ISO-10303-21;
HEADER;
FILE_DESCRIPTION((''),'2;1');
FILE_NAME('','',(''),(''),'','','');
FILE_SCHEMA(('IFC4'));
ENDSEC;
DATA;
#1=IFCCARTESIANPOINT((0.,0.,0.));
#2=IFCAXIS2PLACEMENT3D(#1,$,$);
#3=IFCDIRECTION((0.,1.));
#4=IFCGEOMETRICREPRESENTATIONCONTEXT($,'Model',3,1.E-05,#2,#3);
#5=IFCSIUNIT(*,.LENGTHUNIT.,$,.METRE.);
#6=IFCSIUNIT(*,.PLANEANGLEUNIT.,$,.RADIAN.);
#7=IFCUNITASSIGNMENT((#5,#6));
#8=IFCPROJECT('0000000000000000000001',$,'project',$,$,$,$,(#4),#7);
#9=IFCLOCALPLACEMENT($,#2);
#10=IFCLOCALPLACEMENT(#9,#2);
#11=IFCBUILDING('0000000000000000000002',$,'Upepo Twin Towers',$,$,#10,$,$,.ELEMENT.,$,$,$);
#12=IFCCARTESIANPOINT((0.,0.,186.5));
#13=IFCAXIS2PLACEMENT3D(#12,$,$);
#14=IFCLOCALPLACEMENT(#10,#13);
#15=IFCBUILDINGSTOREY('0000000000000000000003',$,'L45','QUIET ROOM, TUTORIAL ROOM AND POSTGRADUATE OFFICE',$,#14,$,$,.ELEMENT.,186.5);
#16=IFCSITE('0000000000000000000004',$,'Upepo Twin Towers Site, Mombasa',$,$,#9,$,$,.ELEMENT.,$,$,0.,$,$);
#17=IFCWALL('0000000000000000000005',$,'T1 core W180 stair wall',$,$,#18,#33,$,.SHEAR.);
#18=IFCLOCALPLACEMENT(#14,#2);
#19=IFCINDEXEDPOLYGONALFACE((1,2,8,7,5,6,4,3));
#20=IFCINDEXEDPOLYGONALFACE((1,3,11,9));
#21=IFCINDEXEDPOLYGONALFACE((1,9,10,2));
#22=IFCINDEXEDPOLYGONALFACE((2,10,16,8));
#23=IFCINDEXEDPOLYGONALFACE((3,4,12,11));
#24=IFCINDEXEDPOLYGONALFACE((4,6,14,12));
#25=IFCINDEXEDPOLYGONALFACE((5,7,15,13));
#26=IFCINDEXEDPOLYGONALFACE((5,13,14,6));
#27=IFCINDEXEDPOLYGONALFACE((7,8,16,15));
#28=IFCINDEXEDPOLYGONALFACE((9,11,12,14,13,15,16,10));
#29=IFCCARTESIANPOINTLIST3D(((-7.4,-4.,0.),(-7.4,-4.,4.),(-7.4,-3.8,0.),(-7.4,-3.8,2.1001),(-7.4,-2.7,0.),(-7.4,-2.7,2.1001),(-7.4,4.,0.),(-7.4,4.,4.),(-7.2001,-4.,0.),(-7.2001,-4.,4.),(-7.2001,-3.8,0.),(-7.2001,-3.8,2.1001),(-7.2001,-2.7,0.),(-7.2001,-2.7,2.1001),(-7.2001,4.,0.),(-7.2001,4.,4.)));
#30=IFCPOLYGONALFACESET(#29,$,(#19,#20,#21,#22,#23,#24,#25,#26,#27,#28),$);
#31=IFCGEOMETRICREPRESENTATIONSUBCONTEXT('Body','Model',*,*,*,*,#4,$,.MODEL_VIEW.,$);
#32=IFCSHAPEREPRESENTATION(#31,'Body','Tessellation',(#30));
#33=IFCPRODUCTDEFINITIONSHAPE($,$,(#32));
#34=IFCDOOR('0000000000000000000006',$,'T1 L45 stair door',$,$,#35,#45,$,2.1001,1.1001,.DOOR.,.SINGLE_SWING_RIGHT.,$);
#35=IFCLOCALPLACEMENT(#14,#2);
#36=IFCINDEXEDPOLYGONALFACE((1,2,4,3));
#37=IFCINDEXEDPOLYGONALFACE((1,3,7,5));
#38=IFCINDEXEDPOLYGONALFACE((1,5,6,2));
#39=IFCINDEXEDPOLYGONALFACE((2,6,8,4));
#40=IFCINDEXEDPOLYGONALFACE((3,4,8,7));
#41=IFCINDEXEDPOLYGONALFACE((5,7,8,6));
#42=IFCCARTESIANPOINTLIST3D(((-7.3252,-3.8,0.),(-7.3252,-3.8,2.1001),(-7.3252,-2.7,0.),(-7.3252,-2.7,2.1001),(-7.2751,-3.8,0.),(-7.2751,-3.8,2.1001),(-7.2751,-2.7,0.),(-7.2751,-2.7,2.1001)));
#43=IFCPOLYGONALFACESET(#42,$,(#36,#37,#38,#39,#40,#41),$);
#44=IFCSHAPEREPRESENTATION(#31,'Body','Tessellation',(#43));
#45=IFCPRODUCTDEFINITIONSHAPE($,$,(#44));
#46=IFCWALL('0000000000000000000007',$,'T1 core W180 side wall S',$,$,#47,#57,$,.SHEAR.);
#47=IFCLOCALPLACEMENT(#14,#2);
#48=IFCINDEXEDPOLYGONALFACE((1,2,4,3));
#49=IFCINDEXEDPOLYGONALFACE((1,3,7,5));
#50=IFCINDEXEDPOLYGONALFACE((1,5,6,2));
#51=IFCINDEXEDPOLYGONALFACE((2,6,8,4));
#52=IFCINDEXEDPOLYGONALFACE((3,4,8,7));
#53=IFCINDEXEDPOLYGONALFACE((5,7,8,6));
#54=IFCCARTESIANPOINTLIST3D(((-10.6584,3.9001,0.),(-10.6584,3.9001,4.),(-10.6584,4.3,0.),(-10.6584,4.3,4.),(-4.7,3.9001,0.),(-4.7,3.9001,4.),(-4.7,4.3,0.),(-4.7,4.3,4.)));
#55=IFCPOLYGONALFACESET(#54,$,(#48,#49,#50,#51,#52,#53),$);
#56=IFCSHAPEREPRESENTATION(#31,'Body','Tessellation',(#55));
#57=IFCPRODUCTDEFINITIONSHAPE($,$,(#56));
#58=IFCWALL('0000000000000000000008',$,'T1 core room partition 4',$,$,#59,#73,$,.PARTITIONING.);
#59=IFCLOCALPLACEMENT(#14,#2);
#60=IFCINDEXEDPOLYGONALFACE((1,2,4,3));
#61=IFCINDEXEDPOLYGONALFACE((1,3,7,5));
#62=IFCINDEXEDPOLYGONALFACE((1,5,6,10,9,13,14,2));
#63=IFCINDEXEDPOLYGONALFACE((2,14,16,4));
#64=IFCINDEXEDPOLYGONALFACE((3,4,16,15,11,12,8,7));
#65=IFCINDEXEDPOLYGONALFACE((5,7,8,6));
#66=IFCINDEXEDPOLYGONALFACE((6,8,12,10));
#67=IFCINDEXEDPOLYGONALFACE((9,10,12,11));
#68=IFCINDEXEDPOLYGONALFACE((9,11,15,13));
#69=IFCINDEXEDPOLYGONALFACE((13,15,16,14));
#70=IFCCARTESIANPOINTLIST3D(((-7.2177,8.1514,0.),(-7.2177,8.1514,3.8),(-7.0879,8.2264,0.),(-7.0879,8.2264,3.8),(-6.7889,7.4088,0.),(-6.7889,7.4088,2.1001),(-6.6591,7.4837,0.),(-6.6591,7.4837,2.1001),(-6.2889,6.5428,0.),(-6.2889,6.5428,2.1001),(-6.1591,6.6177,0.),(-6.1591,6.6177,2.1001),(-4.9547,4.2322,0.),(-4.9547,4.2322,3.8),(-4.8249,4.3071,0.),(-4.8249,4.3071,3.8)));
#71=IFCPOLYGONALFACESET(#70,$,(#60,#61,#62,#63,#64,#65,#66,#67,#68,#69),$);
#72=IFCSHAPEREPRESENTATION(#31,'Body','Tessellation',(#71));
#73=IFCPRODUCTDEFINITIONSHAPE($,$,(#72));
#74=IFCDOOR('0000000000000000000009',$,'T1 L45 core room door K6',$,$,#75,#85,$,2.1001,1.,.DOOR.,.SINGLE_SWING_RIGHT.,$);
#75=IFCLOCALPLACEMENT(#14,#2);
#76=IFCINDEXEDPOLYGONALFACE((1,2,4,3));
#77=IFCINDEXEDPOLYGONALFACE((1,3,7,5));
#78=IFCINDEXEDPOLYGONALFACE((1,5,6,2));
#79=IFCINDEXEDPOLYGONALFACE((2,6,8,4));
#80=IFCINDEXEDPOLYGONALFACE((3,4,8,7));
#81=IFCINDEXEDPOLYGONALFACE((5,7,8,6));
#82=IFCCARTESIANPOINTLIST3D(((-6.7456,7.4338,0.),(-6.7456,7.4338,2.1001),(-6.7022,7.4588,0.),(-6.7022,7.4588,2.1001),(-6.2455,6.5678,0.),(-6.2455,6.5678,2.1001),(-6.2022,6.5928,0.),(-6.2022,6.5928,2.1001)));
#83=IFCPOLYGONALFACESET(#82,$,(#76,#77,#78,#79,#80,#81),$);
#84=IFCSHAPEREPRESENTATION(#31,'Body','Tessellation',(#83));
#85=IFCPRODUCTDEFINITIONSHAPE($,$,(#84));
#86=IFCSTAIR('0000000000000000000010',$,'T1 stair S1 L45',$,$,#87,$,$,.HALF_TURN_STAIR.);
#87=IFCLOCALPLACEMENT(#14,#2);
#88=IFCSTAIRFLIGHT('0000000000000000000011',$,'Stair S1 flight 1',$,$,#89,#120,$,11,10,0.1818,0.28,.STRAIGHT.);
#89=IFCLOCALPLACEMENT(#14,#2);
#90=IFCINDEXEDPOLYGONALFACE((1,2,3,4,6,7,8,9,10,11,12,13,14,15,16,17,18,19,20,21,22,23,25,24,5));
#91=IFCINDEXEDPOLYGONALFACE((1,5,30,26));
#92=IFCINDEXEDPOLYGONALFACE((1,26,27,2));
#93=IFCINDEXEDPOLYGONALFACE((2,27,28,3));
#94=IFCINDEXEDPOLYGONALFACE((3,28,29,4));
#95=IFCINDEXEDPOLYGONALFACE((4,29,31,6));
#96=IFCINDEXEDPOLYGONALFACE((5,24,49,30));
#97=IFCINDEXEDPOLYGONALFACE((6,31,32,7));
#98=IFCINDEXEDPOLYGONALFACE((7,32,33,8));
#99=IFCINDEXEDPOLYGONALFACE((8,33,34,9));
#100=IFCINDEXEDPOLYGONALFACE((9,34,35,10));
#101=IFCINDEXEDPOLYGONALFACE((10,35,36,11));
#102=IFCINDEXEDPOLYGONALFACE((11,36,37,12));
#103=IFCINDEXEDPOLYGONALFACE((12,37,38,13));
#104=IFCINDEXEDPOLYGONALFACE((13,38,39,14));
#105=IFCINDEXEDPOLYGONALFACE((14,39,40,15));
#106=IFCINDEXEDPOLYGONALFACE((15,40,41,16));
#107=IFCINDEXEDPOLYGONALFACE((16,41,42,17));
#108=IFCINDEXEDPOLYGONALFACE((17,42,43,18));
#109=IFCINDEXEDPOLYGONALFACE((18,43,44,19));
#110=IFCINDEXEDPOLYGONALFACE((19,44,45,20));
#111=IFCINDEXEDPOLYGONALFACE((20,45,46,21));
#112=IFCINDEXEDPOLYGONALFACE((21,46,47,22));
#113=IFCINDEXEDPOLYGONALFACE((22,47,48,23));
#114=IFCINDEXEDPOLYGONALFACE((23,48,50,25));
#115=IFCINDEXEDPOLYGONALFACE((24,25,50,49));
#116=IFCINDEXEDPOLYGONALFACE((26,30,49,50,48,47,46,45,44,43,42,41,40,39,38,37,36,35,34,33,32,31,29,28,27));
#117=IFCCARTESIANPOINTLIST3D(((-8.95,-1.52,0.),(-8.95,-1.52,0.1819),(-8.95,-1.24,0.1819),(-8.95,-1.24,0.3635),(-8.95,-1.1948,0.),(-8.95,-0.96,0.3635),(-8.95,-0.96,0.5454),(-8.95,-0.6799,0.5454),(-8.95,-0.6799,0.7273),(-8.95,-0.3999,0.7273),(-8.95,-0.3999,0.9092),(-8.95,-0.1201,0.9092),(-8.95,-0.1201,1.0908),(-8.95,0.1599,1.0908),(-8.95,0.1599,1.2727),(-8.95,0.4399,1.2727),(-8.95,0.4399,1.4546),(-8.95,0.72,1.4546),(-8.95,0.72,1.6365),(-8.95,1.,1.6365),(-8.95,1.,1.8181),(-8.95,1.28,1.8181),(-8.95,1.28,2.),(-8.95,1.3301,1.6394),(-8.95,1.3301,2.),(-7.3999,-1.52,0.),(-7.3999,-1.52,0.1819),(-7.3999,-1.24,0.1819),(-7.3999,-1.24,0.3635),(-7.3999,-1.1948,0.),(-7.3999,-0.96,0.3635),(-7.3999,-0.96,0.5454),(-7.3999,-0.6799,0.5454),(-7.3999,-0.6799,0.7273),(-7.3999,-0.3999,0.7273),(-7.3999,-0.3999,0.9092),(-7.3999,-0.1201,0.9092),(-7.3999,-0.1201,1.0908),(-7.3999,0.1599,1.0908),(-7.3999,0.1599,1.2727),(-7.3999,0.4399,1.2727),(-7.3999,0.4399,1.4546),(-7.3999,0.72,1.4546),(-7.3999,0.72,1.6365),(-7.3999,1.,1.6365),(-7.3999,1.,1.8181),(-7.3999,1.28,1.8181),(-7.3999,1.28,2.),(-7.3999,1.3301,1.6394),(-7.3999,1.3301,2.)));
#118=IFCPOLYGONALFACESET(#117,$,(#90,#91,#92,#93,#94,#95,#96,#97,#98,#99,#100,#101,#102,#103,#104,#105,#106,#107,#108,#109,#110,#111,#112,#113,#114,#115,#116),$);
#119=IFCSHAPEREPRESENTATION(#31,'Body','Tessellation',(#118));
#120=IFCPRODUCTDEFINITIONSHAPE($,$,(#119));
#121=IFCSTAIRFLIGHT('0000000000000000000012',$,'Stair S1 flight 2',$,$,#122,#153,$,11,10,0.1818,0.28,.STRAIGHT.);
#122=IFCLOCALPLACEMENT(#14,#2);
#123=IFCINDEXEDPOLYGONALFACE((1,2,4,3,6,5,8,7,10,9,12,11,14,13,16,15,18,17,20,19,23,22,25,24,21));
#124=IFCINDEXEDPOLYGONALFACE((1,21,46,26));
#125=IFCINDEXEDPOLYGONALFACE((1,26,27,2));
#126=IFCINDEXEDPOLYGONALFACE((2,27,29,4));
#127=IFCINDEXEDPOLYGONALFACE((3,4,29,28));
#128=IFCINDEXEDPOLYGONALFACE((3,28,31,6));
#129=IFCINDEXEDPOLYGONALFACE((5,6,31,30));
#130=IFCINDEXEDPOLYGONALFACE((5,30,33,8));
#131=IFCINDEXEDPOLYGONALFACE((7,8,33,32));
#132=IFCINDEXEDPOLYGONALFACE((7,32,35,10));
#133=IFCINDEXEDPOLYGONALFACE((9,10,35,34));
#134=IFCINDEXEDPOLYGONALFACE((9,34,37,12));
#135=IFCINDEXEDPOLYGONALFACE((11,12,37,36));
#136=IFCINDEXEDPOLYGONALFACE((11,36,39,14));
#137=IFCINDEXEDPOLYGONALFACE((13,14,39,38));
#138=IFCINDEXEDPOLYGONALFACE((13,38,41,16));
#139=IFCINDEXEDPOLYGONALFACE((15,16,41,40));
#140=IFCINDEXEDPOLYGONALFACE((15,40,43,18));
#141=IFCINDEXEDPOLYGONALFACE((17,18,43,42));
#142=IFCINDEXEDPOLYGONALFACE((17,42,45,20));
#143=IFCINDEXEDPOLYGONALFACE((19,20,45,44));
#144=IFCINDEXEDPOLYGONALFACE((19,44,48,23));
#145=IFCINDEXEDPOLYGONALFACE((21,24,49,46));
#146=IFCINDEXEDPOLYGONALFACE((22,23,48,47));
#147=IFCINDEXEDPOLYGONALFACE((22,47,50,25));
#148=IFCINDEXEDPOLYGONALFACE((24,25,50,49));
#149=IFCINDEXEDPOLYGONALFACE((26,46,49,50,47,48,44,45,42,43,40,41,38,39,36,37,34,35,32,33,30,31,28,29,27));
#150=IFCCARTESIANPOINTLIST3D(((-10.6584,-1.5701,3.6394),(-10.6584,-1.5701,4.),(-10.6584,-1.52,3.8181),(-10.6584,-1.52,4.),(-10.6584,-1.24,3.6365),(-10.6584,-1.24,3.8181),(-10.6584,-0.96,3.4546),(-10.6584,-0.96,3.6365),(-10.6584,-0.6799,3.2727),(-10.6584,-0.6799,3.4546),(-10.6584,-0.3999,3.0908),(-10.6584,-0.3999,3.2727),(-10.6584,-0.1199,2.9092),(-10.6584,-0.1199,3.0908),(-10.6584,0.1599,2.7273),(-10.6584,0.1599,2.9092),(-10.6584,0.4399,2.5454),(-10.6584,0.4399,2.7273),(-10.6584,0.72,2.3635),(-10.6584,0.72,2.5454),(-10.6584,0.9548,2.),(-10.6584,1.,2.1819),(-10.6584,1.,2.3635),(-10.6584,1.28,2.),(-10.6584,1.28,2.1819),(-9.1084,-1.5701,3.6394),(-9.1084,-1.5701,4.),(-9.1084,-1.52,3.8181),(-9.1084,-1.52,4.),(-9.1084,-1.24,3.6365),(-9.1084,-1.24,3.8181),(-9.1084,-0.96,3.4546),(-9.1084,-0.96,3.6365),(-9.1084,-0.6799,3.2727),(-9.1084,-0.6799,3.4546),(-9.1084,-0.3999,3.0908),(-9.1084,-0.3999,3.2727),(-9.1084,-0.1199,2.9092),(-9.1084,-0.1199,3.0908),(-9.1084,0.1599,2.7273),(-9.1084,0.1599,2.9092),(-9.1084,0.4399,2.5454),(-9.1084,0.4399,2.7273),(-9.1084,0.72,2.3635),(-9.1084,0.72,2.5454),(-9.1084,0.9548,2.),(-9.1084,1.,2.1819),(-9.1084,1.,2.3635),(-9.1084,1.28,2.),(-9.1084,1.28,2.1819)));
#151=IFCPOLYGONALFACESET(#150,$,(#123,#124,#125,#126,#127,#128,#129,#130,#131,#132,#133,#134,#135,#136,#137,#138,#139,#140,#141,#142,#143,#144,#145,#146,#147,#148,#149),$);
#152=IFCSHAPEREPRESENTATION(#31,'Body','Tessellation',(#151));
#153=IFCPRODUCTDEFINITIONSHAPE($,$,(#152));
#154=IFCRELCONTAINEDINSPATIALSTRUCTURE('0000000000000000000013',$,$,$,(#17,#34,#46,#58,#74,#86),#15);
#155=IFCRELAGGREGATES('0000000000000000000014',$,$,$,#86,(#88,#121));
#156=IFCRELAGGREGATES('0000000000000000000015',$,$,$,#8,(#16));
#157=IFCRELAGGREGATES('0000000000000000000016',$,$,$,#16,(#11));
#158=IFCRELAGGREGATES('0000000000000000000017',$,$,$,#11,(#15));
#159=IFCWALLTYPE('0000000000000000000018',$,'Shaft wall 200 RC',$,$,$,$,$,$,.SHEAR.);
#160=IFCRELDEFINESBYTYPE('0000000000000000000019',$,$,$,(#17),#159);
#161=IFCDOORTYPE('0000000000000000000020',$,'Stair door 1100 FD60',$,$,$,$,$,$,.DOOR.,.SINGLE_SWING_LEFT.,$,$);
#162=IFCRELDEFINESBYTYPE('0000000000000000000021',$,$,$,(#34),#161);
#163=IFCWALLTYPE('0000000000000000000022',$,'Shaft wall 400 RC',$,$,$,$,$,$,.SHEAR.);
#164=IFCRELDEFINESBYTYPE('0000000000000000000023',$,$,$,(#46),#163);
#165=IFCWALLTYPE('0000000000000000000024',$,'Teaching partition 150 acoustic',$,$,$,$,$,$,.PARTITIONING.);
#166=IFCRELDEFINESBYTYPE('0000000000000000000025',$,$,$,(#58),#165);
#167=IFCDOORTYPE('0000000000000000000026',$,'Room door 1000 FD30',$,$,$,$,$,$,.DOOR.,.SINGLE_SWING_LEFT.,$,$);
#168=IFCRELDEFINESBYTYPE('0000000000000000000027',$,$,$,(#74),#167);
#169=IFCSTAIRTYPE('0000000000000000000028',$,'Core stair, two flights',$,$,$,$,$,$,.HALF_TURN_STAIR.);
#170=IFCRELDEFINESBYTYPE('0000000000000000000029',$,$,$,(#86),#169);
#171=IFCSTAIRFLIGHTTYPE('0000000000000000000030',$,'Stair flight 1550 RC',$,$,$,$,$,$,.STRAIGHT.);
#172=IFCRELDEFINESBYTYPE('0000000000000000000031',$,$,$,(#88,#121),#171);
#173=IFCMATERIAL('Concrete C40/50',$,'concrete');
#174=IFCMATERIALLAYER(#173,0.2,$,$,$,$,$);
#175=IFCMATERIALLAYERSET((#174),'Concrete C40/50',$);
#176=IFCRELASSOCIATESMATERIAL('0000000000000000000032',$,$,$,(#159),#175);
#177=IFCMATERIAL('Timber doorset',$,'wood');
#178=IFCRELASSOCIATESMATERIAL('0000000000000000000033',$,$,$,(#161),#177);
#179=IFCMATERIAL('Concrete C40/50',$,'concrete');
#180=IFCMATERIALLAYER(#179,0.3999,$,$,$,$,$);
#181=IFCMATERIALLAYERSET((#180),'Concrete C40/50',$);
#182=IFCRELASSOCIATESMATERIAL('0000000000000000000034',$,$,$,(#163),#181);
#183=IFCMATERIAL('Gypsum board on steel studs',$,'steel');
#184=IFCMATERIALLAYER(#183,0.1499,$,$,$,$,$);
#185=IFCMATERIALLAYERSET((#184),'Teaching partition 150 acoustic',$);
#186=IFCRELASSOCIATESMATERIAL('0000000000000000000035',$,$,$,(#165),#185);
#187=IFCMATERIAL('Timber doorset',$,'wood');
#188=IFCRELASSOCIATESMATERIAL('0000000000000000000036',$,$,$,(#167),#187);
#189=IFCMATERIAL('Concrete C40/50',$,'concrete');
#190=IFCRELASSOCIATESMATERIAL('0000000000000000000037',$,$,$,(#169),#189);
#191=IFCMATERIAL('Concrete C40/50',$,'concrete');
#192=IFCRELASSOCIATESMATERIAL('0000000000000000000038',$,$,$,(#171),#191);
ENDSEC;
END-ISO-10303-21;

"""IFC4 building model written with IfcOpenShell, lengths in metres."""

from ifc_helpers import new_model, si_unit, direction, frame, frame_2d, origin, place, context, subcontext, project, spatial, polyline, rectangle, outline, extrude, material, layer, layer_set, type_object, element, fill, aggregate, save


model = new_model("IFC4")

# Units and contexts
model_context = context("Model", 3, precision=1e-05, world=origin(), true_north=direction((0.0, 1.0)))
body_context = subcontext(model_context, "Body", "Model", "MODEL_VIEW")
ifc_project = project(units=[si_unit("LENGTHUNIT", "METRE"), si_unit("PLANEANGLEUNIT", "RADIAN")], contexts=[model_context])

# Site, building, storey
site_placement = place(None, origin())
site = spatial("IfcSite", under=ifc_project, at=site_placement, Name="Upepo Twin Towers Site, Mombasa", CompositionType="ELEMENT", RefElevation=0.0)
building_placement = place(site_placement, origin())
building = spatial("IfcBuilding", under=site, at=building_placement, Name="Upepo Twin Towers", CompositionType="ELEMENT")
storey_placement = place(building_placement, frame((0.0, 0.0, 186.5)))
storey = spatial("IfcBuildingStorey", under=building, at=storey_placement, Name="L45", Description="QUIET ROOM, TUTORIAL ROOM AND POSTGRADUATE OFFICE", CompositionType="ELEMENT", Elevation=186.5)

# Shared definitions
ifc_material_1 = material(Name="Concrete C40/50", Category="concrete")
ifc_layer_1 = layer(ifc_material_1, 0.2)
ifc_layer_set_1 = layer_set([ifc_layer_1], Name="Concrete C40/50")
wall_type_1 = type_object("IfcWallType", Name="Shaft wall 200 RC", PredefinedType="SHEAR", material=ifc_layer_set_1)

# Wall, opening, door
wall_1_placement = place(storey_placement, frame((-7.3, 4.0, 0.0), z_axis=(0.0, 0.0, 1.0), x_axis=(0.0, -1.0, 0.0)))
wall_1 = element("IfcWall", 1, at=wall_1_placement, inside=storey, type_object=wall_type_1, Name="T1 core W180 stair wall", PredefinedType="SHEAR", context=body_context, shape_type="SweptSolid", body=[
    extrude(rectangle(XDim=8.0, YDim=0.2, at=frame_2d((4.0, 0.0))), origin(), (0.0, 0.0, 1.0), 4.0),
])
opening_1_placement = place(wall_1_placement, frame((6.7, 0.0, 0.0)))
opening_1 = element("IfcOpeningElement", 2, at=opening_1_placement, cuts=wall_1, PredefinedType="OPENING", context=body_context, shape_type="SweptSolid", body=[
    extrude(rectangle(XDim=1.1001, YDim=2.1001, at=frame_2d((0.55, 1.05))), frame((0.0, 0.1099, 0.0), z_axis=(0.0, -1.0, 0.0), x_axis=(1.0, 0.0, 0.0)), (0.0, 0.0, 1.0), 0.22),
])
ifc_material_2 = material(Name="Timber doorset", Category="wood")
door_type_1 = type_object("IfcDoorType", Name="Stair door 1100 FD60", OperationType="SINGLE_SWING_LEFT", PredefinedType="DOOR", material=ifc_material_2)
door_1_placement = place(opening_1_placement, origin())
door_1 = element("IfcDoor", 3, at=door_1_placement, inside=storey, type_object=door_type_1, Name="T1 L45 stair door", OperationType="SINGLE_SWING_RIGHT", OverallHeight=2.1001, OverallWidth=1.1001, PredefinedType="DOOR", context=body_context, shape_type="SweptSolid", body=[
    extrude(rectangle(XDim=1.1001, YDim=2.1001, at=frame_2d((0.55, 1.05))), frame((0.0, 0.0249, 0.0), z_axis=(0.0, -1.0, 0.0), x_axis=(1.0, 0.0, 0.0)), (0.0, 0.0, 1.0), 0.05),
])
fill(opening_1, door_1)

# Wall
ifc_material_3 = material(Name="Concrete C40/50", Category="concrete")
ifc_layer_2 = layer(ifc_material_3, 0.3999)
ifc_layer_set_2 = layer_set([ifc_layer_2], Name="Concrete C40/50")
wall_type_2 = type_object("IfcWallType", Name="Shaft wall 400 RC", PredefinedType="SHEAR", material=ifc_layer_set_2)
wall_2_placement = place(storey_placement, frame((-4.7, 4.1001, 0.0), z_axis=(0.0, 0.0, 1.0), x_axis=(-1.0, 0.0, 0.0)))
element("IfcWall", 4, at=wall_2_placement, inside=storey, type_object=wall_type_2, Name="T1 core W180 side wall S", PredefinedType="SHEAR", context=body_context, shape_type="SweptSolid", body=[
    extrude(rectangle(XDim=5.9585, YDim=0.3999, at=frame_2d((2.9792, 0.0))), origin(), (0.0, 0.0, 1.0), 4.0),
])

# Wall, opening, door
ifc_material_4 = material(Name="Gypsum board on steel studs", Category="steel")
ifc_layer_3 = layer(ifc_material_4, 0.1499)
ifc_layer_set_3 = layer_set([ifc_layer_3], Name="Teaching partition 150 acoustic")
wall_type_3 = type_object("IfcWallType", Name="Teaching partition 150 acoustic", PredefinedType="PARTITIONING", material=ifc_layer_set_3)
wall_3_placement = place(storey_placement, frame((-4.8899, 4.2698, 0.0), z_axis=(0.0, 0.0, 1.0), x_axis=(-0.500032, 0.866007, 0.0)))
wall_3 = element("IfcWall", 5, at=wall_3_placement, inside=storey, type_object=wall_type_3, Name="T1 core room partition 4", PredefinedType="PARTITIONING", context=body_context, shape_type="SweptSolid", body=[
    extrude(rectangle(XDim=4.5256, YDim=0.1499, at=frame_2d((2.2627, 0.0))), origin(), (0.0, 0.0, 1.0), 3.8),
])
opening_2_placement = place(wall_3_placement, frame((2.668, 0.0, 0.0)))
opening_2 = element("IfcOpeningElement", 6, at=opening_2_placement, cuts=wall_3, PredefinedType="OPENING", context=body_context, shape_type="SweptSolid", body=[
    extrude(rectangle(XDim=1.0, YDim=2.1001, at=frame_2d((0.5, 1.05))), frame((0.0, 0.085, 0.0), z_axis=(0.0, -1.0, 0.0), x_axis=(1.0, 0.0, 0.0)), (0.0, 0.0, 1.0), 0.1699),
])
ifc_material_5 = material(Name="Timber doorset", Category="wood")
door_type_2 = type_object("IfcDoorType", Name="Room door 1000 FD30", OperationType="SINGLE_SWING_LEFT", PredefinedType="DOOR", material=ifc_material_5)
door_2_placement = place(opening_2_placement, origin())
door_2 = element("IfcDoor", 7, at=door_2_placement, inside=storey, type_object=door_type_2, Name="T1 L45 core room door K6", OperationType="SINGLE_SWING_RIGHT", OverallHeight=2.1001, OverallWidth=1.0, PredefinedType="DOOR", context=body_context, shape_type="SweptSolid", body=[
    extrude(rectangle(XDim=1.0, YDim=2.1001, at=frame_2d((0.5, 1.05))), frame((0.0, 0.0249, 0.0), z_axis=(0.0, -1.0, 0.0), x_axis=(1.0, 0.0, 0.0)), (0.0, 0.0, 1.0), 0.05),
])
fill(opening_2, door_2)

# Stair, stair flights
ifc_material_6 = material(Name="Concrete C40/50", Category="concrete")
stair_type = type_object("IfcStairType", Name="Core stair, two flights", PredefinedType="HALF_TURN_STAIR", material=ifc_material_6)
stair_placement = place(storey_placement, origin())
stair = element("IfcStair", 8, at=stair_placement, inside=storey, type_object=stair_type, Name="T1 stair S1 L45", PredefinedType="HALF_TURN_STAIR")
ifc_material_7 = material(Name="Concrete C40/50", Category="concrete")
stair_flight_type = type_object("IfcStairFlightType", Name="Stair flight 1550 RC", PredefinedType="STRAIGHT", material=ifc_material_7)
stair_flight_1_placement = place(storey_placement, frame((-8.175, -1.52, 0.0), z_axis=(0.0, 0.0, 1.0), x_axis=(0.0, 1.0, 0.0)))
stair_flight_1 = element("IfcStairFlight", 9, at=stair_flight_1_placement, type_object=stair_flight_type, Name="Stair S1 flight 1", NumberOfRisers=11, NumberOfTreads=10, PredefinedType="STRAIGHT", RiserHeight=0.1818, TreadLength=0.28, context=body_context, shape_type="SweptSolid", body=[
    extrude(outline(polyline([(0.0, 0.0), (0.0, 0.1819), (0.28, 0.1819), (0.28, 0.3635), (0.5601, 0.3635), (0.5601, 0.5454), (0.8401, 0.5454), (0.8401, 0.7273), (1.1201, 0.7273), (1.1201, 0.9092), (1.3999, 0.9092), (1.3999, 1.0908), (1.6799, 1.0908), (1.6799, 1.2727), (1.96, 1.2727), (1.96, 1.4546), (2.24, 1.4546), (2.24, 1.6365), (2.52, 1.6365), (2.52, 1.8181), (2.8, 1.8181), (2.8, 2.0), (2.8501, 2.0), (2.8501, 1.6394), (0.3252, 0.0), (0.0, 0.0)])), frame((0.0, 0.7749, 0.0), z_axis=(0.0, -1.0, 0.0), x_axis=(1.0, 0.0, 0.0)), (0.0, 0.0, 1.0), 1.55),
])
stair_flight_2_placement = place(storey_placement, frame((-9.8833, 1.28, 2.0), z_axis=(0.0, 0.0, 1.0), x_axis=(0.0, -1.0, 0.0)))
stair_flight_2 = element("IfcStairFlight", 10, at=stair_flight_2_placement, type_object=stair_flight_type, Name="Stair S1 flight 2", NumberOfRisers=11, NumberOfTreads=10, PredefinedType="STRAIGHT", RiserHeight=0.1818, TreadLength=0.28, context=body_context, shape_type="SweptSolid", body=[
    extrude(outline(polyline([(0.0, 0.0), (0.0, 0.1819), (0.28, 0.1819), (0.28, 0.3635), (0.5601, 0.3635), (0.5601, 0.5454), (0.8401, 0.5454), (0.8401, 0.7273), (1.1201, 0.7273), (1.1201, 0.9092), (1.3999, 0.9092), (1.3999, 1.0908), (1.6799, 1.0908), (1.6799, 1.2727), (1.96, 1.2727), (1.96, 1.4546), (2.24, 1.4546), (2.24, 1.6365), (2.52, 1.6365), (2.52, 1.8181), (2.8, 1.8181), (2.8, 2.0), (2.8501, 2.0), (2.8501, 1.6394), (0.3252, 0.0), (0.0, 0.0)])), frame((0.0, 0.7749, 0.0), z_axis=(0.0, -1.0, 0.0), x_axis=(1.0, 0.0, 0.0)), (0.0, 0.0, 1.0), 1.55),
])
aggregate(stair, [stair_flight_1, stair_flight_2])

save(model, "model.ifc")
